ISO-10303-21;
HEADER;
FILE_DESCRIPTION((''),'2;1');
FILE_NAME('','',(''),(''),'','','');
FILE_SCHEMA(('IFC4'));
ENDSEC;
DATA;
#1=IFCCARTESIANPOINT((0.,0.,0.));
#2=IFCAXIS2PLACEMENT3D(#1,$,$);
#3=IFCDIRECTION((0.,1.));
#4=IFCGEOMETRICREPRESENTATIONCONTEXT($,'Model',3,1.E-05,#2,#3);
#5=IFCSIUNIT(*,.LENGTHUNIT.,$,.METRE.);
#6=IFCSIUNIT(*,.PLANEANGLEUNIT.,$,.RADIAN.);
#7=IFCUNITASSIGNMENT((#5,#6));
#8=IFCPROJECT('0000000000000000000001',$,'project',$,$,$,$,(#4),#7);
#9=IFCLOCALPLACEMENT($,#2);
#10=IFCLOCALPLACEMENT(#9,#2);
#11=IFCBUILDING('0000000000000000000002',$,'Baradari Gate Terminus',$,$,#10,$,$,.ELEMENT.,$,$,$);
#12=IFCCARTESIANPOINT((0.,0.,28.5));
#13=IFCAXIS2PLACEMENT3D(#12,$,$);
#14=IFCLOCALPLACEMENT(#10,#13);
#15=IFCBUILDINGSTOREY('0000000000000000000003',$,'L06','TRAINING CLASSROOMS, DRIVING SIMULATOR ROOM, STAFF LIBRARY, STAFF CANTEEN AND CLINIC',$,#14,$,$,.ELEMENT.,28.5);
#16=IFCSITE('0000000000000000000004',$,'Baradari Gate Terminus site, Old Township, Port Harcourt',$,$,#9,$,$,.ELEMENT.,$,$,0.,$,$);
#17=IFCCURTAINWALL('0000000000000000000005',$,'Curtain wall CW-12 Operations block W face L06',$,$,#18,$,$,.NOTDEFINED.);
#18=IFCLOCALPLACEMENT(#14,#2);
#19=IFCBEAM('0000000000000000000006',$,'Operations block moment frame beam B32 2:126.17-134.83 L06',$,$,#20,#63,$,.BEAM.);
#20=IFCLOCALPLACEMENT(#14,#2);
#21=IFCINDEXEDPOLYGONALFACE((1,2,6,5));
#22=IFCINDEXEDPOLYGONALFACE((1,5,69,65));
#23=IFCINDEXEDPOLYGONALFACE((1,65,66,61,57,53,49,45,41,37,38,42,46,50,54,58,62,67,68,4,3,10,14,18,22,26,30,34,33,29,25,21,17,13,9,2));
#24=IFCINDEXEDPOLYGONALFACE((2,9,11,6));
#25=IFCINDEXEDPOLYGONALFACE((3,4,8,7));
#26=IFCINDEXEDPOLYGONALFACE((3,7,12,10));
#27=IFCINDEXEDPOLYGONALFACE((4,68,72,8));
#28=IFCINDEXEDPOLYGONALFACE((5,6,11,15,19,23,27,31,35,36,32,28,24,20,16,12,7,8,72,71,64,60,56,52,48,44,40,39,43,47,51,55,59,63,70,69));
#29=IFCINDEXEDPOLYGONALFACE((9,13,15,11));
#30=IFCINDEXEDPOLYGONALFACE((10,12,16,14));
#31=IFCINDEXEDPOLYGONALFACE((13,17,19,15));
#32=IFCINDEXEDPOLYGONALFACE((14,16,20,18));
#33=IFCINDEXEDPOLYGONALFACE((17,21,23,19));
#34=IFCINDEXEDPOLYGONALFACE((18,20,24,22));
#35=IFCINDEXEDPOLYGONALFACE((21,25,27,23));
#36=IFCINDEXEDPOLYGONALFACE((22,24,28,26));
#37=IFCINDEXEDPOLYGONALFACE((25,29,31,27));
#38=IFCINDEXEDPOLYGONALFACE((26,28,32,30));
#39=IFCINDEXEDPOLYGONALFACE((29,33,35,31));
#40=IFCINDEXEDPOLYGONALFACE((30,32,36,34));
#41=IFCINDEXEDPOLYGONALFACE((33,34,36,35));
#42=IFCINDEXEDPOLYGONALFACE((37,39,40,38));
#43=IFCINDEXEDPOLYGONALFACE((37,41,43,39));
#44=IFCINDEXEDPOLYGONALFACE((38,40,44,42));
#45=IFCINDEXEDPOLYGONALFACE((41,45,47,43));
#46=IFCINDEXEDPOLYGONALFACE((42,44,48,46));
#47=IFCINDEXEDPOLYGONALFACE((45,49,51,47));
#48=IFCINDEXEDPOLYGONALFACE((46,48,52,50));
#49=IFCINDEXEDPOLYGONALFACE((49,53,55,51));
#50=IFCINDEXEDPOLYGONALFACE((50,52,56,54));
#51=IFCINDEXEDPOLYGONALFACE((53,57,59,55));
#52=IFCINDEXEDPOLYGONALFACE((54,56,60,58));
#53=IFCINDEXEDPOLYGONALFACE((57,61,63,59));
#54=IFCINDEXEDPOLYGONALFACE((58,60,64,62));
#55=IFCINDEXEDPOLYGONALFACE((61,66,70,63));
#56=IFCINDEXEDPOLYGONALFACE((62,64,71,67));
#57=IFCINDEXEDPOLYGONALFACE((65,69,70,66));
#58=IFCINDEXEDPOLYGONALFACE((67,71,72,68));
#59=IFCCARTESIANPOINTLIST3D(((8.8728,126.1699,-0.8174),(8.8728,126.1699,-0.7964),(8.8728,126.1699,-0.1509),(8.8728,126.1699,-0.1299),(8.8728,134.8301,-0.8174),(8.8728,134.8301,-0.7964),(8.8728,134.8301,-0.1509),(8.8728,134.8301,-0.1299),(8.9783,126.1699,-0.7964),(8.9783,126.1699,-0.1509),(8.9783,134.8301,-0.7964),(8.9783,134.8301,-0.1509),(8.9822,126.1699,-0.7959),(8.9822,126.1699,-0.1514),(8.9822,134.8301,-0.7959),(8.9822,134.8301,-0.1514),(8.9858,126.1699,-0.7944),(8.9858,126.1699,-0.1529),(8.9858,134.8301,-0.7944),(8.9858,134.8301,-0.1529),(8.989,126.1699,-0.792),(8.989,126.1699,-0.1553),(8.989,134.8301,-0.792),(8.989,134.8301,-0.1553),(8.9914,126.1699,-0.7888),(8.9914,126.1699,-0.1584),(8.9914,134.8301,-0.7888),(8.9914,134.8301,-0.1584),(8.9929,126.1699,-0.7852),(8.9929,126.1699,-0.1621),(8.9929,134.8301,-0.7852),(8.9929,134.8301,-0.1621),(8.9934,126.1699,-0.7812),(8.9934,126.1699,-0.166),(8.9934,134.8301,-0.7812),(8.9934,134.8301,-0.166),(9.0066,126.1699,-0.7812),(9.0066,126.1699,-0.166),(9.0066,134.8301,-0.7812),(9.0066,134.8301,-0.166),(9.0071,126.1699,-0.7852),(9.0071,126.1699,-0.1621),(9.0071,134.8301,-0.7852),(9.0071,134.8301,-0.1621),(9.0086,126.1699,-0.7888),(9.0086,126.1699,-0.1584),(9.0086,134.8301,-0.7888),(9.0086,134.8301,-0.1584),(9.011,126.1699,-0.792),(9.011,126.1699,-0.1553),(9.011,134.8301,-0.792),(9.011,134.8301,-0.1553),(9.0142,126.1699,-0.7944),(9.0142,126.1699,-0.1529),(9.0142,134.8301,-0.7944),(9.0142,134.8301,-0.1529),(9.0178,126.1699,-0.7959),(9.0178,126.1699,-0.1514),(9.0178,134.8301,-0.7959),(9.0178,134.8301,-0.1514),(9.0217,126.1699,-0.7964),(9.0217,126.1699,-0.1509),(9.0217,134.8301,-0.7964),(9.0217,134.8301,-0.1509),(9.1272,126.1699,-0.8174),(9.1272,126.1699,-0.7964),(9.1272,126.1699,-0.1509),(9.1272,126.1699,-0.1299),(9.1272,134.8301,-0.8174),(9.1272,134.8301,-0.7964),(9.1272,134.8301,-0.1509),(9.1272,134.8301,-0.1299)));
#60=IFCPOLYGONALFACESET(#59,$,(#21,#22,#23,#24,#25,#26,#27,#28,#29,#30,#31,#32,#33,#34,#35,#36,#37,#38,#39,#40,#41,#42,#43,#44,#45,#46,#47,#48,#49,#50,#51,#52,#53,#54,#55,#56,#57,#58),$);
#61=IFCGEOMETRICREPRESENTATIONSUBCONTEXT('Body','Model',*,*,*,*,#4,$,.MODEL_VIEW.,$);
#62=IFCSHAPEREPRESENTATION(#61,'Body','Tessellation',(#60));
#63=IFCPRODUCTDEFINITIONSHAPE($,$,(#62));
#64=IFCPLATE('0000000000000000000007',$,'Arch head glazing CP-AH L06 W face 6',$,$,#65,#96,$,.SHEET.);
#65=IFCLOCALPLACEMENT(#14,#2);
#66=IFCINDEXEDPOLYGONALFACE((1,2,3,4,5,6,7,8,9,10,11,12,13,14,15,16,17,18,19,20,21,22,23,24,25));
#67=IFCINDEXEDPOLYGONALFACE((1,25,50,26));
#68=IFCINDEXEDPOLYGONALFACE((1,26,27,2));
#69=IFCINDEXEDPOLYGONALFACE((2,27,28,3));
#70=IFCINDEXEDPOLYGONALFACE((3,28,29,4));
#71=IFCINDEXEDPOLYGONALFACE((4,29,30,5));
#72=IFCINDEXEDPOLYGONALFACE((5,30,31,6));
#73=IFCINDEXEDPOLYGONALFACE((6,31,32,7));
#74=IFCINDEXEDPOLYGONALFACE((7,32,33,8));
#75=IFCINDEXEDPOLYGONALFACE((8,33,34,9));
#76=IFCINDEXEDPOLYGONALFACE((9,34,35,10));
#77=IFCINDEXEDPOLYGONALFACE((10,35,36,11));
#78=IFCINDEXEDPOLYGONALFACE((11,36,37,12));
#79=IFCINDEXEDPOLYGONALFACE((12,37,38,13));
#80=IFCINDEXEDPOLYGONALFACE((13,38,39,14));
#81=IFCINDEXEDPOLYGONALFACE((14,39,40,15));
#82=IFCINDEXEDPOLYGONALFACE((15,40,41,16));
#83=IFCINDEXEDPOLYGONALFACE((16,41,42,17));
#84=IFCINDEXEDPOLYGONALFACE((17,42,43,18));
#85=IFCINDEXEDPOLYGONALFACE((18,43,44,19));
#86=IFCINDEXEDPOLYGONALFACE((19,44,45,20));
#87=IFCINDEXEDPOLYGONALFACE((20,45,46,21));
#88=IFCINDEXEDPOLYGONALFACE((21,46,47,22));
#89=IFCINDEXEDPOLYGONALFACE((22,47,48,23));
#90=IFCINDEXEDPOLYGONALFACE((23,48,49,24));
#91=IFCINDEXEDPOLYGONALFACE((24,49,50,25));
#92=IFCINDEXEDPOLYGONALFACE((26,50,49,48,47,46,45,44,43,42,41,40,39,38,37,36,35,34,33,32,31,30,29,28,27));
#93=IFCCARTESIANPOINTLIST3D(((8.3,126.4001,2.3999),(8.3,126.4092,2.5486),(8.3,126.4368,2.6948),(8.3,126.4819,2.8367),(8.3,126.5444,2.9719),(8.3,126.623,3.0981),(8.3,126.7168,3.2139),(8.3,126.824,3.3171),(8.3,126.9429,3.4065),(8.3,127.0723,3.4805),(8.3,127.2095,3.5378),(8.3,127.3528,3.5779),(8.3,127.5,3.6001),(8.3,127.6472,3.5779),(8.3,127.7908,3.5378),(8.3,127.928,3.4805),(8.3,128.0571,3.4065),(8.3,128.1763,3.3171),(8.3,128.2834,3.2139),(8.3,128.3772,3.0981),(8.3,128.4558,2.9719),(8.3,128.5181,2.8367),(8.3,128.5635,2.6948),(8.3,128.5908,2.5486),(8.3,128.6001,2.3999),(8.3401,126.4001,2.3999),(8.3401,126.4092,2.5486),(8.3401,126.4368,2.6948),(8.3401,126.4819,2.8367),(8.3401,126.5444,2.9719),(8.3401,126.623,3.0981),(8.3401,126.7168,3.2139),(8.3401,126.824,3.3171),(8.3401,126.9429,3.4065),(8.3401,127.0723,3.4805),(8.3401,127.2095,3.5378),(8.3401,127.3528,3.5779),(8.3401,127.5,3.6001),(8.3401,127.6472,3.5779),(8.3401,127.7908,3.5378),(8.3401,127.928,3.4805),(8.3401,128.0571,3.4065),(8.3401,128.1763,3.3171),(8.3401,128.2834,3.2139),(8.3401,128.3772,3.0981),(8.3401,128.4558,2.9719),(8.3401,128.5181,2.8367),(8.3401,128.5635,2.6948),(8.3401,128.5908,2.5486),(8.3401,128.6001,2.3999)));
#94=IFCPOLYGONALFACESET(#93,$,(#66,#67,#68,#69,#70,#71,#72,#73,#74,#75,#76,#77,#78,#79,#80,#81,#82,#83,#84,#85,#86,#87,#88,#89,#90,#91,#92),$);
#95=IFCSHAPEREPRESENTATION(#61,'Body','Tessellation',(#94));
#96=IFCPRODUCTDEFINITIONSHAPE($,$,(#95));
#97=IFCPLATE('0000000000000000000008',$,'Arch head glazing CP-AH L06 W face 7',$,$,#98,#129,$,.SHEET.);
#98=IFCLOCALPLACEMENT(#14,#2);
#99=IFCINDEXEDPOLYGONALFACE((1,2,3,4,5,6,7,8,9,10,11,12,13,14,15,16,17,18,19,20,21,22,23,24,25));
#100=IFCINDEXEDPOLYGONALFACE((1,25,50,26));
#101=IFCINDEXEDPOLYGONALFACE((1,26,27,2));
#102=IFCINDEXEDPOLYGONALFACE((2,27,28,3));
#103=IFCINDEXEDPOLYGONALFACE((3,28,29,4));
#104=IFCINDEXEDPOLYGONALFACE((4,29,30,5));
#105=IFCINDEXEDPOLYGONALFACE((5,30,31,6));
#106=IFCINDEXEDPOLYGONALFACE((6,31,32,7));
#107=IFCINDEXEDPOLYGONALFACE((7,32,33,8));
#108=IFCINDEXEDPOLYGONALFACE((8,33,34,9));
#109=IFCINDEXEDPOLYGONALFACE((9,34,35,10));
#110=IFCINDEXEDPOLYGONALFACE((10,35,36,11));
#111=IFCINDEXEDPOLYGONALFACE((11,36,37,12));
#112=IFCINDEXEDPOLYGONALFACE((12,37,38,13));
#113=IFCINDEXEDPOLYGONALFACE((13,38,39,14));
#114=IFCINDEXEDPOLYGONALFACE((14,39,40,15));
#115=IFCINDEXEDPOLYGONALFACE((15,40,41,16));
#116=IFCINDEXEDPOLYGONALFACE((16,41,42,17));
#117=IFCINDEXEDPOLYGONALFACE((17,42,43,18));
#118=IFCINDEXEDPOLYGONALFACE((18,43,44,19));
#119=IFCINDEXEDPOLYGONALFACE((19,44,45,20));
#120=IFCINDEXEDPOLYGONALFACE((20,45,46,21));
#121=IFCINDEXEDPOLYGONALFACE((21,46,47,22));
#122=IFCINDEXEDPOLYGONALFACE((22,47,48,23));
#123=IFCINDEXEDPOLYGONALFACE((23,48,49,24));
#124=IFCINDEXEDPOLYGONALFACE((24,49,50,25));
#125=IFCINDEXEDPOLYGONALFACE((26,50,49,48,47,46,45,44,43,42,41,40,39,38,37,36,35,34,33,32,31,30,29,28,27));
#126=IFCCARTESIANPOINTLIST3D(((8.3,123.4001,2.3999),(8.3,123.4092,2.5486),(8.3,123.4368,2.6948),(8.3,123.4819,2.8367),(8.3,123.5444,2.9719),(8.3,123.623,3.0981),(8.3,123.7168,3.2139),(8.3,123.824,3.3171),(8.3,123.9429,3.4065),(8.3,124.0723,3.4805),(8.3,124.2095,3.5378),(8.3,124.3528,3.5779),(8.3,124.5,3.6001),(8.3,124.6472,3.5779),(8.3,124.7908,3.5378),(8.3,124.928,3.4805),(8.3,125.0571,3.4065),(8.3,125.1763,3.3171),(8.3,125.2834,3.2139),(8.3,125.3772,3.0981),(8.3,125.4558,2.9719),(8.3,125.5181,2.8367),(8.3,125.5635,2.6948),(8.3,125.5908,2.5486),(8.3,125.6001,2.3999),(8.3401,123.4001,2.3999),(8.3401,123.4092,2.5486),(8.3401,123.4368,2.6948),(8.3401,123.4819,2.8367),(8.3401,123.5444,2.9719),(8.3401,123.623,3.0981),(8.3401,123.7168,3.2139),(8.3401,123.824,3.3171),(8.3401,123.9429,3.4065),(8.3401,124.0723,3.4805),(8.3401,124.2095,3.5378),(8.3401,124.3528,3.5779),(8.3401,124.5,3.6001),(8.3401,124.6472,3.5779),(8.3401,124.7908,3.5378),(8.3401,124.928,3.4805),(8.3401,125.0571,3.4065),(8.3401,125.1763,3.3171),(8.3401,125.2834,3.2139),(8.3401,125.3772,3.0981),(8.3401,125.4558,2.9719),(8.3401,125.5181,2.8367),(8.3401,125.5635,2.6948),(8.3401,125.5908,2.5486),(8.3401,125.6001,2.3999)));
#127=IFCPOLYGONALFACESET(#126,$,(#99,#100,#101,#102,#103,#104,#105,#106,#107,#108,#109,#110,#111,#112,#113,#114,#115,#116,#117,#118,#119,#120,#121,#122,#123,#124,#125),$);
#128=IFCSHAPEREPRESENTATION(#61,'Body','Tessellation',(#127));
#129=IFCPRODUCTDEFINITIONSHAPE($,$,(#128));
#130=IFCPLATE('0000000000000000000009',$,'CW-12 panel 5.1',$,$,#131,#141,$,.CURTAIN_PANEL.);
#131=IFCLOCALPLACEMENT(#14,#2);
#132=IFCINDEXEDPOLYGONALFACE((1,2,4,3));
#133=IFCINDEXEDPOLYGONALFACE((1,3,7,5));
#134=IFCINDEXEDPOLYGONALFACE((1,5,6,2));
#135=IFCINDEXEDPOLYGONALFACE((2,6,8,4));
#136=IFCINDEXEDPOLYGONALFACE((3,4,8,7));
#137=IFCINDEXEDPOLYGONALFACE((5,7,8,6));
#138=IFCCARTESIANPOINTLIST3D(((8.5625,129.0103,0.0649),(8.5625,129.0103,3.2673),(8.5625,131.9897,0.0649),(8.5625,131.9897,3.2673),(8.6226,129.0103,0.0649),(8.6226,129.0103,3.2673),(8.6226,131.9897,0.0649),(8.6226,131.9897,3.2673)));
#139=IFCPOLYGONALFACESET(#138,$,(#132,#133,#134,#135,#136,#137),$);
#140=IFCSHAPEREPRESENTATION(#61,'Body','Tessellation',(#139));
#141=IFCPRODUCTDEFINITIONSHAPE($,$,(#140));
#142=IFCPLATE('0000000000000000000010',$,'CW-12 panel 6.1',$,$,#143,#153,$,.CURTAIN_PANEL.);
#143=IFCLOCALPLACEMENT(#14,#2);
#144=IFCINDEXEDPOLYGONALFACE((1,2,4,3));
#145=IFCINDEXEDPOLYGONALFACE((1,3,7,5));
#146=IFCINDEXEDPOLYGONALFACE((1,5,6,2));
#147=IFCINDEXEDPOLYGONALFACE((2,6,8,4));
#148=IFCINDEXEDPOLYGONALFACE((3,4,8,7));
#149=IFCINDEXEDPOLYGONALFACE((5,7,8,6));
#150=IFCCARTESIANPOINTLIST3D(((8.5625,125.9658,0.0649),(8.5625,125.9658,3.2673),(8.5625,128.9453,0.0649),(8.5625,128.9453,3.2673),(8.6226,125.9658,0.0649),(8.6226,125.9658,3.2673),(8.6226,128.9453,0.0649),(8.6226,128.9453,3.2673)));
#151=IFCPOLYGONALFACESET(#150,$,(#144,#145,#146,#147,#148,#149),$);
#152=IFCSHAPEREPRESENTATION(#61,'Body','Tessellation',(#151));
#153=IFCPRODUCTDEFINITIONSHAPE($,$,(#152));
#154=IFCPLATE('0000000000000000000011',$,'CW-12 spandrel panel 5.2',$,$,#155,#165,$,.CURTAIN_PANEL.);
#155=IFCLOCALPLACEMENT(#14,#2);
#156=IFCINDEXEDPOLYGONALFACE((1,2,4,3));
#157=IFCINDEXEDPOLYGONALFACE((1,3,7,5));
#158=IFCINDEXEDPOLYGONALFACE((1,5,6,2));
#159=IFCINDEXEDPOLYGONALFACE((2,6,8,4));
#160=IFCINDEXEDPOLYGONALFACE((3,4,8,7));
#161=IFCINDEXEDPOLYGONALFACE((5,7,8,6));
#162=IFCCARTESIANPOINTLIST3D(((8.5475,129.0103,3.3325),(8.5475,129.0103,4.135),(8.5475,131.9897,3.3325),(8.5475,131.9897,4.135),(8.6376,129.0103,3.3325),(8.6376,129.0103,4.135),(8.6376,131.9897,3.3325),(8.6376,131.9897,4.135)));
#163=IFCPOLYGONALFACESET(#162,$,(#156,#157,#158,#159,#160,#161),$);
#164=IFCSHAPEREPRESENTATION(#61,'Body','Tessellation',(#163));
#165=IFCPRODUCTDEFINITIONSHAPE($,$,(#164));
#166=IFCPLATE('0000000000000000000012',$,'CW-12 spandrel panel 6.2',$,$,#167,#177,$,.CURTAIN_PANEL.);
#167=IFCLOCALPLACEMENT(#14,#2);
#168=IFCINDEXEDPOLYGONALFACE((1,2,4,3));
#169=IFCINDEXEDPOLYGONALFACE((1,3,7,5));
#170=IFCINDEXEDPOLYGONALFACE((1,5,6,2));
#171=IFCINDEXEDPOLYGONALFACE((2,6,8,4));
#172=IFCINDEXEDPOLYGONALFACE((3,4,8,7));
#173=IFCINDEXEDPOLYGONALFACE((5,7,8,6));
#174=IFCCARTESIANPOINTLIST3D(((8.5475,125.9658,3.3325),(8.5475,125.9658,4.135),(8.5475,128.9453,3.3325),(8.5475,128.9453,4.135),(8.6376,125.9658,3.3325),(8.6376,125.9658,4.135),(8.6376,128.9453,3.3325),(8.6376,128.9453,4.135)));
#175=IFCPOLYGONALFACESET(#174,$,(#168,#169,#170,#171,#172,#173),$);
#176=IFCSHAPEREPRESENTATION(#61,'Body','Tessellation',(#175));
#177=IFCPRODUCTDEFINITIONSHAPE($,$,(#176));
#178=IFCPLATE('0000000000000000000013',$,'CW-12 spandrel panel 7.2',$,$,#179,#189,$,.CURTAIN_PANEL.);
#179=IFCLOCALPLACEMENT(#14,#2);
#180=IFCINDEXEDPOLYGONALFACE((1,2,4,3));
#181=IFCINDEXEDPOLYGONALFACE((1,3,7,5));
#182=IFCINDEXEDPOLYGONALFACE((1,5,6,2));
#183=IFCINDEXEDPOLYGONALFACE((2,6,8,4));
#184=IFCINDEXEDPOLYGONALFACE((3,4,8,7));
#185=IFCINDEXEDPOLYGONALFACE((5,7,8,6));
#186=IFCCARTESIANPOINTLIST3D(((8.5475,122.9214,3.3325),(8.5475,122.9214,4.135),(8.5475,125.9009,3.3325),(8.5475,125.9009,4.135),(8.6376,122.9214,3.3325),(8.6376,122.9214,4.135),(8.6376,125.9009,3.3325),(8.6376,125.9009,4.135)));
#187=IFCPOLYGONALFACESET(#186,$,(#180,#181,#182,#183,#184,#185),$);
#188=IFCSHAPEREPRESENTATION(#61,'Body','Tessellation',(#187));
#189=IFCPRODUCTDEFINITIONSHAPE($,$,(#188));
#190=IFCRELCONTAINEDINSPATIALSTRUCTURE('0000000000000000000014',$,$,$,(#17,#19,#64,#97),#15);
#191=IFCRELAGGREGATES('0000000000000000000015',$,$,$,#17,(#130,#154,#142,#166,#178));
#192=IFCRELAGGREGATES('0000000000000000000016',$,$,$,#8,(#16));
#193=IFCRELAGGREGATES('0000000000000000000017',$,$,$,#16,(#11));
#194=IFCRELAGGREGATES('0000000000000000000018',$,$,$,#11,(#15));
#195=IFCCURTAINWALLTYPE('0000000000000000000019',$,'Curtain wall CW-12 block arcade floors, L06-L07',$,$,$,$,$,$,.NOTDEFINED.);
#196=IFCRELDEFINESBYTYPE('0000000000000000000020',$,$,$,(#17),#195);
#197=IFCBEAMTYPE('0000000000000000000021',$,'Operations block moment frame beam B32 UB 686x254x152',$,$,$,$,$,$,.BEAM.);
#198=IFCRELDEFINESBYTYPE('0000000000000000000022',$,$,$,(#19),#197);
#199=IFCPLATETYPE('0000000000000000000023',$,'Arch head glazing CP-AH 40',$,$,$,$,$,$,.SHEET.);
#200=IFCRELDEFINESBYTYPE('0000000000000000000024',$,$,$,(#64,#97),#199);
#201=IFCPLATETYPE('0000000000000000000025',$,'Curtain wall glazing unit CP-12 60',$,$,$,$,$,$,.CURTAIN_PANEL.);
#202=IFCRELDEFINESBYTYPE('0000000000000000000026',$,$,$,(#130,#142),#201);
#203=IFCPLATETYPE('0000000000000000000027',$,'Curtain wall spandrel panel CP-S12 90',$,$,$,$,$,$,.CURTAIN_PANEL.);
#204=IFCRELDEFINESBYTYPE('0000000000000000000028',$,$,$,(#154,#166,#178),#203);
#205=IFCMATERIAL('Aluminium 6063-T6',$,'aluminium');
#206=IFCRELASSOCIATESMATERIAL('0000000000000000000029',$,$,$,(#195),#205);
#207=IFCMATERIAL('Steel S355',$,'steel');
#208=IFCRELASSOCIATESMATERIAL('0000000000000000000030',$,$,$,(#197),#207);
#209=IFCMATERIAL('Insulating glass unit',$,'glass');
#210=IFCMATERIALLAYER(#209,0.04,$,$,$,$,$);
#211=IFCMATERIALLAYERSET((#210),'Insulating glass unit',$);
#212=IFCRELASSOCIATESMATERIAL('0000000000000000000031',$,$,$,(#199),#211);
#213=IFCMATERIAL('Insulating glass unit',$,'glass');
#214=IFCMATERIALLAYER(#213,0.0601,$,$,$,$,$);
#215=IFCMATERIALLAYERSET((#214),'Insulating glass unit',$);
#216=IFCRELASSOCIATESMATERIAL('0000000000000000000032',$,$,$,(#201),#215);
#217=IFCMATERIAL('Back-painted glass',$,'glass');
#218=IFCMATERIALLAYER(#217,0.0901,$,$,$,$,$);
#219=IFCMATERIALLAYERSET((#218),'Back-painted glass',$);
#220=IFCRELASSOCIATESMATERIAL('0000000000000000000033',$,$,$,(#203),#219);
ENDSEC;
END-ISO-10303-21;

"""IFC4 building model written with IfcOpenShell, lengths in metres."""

from ifc_helpers import new_model, si_unit, direction, frame, origin, origin_2d, place, context, subcontext, project, spatial, polyline, rectangle, i_section, outline, extrude, material, layer, layer_set, material_profile, profile_set, type_object, element, aggregate, save


model = new_model("IFC4")

# Units and contexts
model_context = context("Model", 3, precision=1e-05, world=origin(), true_north=direction((0.0, 1.0)))
body_context = subcontext(model_context, "Body", "Model", "MODEL_VIEW")
ifc_project = project(units=[si_unit("LENGTHUNIT", "METRE"), si_unit("PLANEANGLEUNIT", "RADIAN")], contexts=[model_context])

# Site, building, storey
site_placement = place(None, origin())
site = spatial("IfcSite", under=ifc_project, at=site_placement, Name="Baradari Gate Terminus site, Old Township, Port Harcourt", CompositionType="ELEMENT", RefElevation=0.0)
building_placement = place(site_placement, origin())
building = spatial("IfcBuilding", under=site, at=building_placement, Name="Baradari Gate Terminus", CompositionType="ELEMENT")
storey_placement = place(building_placement, frame((0.0, 0.0, 28.5)))
storey = spatial("IfcBuildingStorey", under=building, at=storey_placement, Name="L06", Description="TRAINING CLASSROOMS, DRIVING SIMULATOR ROOM, STAFF LIBRARY, STAFF CANTEEN AND CLINIC", CompositionType="ELEMENT", Elevation=28.5)

# Curtain wall
ifc_material_1 = material(Name="Aluminium 6063-T6", Category="aluminium")
curtain_wall_type = type_object("IfcCurtainWallType", Name="Curtain wall CW-12 block arcade floors, L06-L07", PredefinedType="NOTDEFINED", material=ifc_material_1)
curtain_wall_placement = place(storey_placement, origin())
curtain_wall = element("IfcCurtainWall", 1, at=curtain_wall_placement, inside=storey, type_object=curtain_wall_type, Name="Curtain wall CW-12 Operations block W face L06", PredefinedType="NOTDEFINED")

# Beam
ifc_material_2 = material(Name="Steel S355", Category="steel")
ifc_material_profile_1 = material_profile(ifc_material_2, i_section(OverallWidth=0.2544, OverallDepth=0.6875, WebThickness=0.0132, FlangeThickness=0.021, FilletRadius=0.0151, at=origin_2d()), Name="UB 686x254x152")
ifc_profile_set_1 = profile_set([ifc_material_profile_1], Name="Steel S355")
beam_type = type_object("IfcBeamType", Name="Operations block moment frame beam B32 UB 686x254x152", PredefinedType="BEAM", material=ifc_profile_set_1)
beam_placement = place(storey_placement, frame((9.0, 126.1699, -0.4736), z_axis=(0.0, 1.0, 0.0), x_axis=(-1.0, 0.0, 0.0)))
element("IfcBeam", 2, at=beam_placement, inside=storey, type_object=beam_type, Name="Operations block moment frame beam B32 2:126.17-134.83 L06", PredefinedType="BEAM", context=body_context, shape_type="SweptSolid", body=[
    extrude(i_section(OverallWidth=0.2544, OverallDepth=0.6875, WebThickness=0.0132, FlangeThickness=0.021, FilletRadius=0.0151, at=origin_2d()), origin(), (0.0, 0.0, 1.0), 8.6602),
])

# Plates
ifc_material_3 = material(Name="Insulating glass unit", Category="glass")
ifc_layer_1 = layer(ifc_material_3, 0.04)
ifc_layer_set_1 = layer_set([ifc_layer_1], Name="Insulating glass unit")
plate_type_1 = type_object("IfcPlateType", Name="Arch head glazing CP-AH 40", PredefinedType="SHEET", material=ifc_layer_set_1)
for number, where, z_axis, x_axis, name in (
    (3, (8.3201, 128.6001, 2.3999), (0.0, 0.0, 1.0), (0.0, -1.0, 0.0), "Arch head glazing CP-AH L06 W face 6"),
    (4, (8.3201, 125.6001, 2.3999), (0.0, 0.0, 1.0), (0.0, -1.0, 0.0), "Arch head glazing CP-AH L06 W face 7"),
):
    element("IfcPlate", number, at=place(storey_placement, frame(where, z_axis=z_axis, x_axis=x_axis)), inside=storey, type_object=plate_type_1, Name=name, PredefinedType="SHEET", context=body_context, shape_type="SweptSolid", body=[
        extrude(outline(polyline([(0.0, 0.0), (2.2, 0.0), (2.1909, 0.1487), (2.1633, 0.2949), (2.1182, 0.4368), (2.0557, 0.572), (1.9771, 0.6982), (1.8833, 0.814), (1.7761, 0.9172), (1.6572, 1.0066), (1.5278, 1.0806), (1.3906, 1.1379), (1.2473, 1.178), (1.1001, 1.2002), (0.9529, 1.178), (0.8093, 1.1379), (0.6721, 1.0806), (0.543, 1.0066), (0.4238, 0.9172), (0.3167, 0.814), (0.2229, 0.6982), (0.1443, 0.572), (0.082, 0.4368), (0.0366, 0.2949), (0.0093, 0.1487), (0.0, 0.0)])), frame((0.0, 0.02, 0.0), z_axis=(0.0, -1.0, 0.0), x_axis=(1.0, 0.0, 0.0)), (0.0, 0.0, 1.0), 0.04),
    ])

# Plates
ifc_material_4 = material(Name="Insulating glass unit", Category="glass")
ifc_layer_2 = layer(ifc_material_4, 0.0601)
ifc_layer_set_2 = layer_set([ifc_layer_2], Name="Insulating glass unit")
plate_type_2 = type_object("IfcPlateType", Name="Curtain wall glazing unit CP-12 60", PredefinedType="CURTAIN_PANEL", material=ifc_layer_set_2)
plate_1_placement = place(storey_placement, frame((8.5925, 130.5, 0.0649), z_axis=(0.0, 0.0, 1.0), x_axis=(0.0, -1.0, 0.0)))
plate_1 = element("IfcPlate", 5, at=plate_1_placement, type_object=plate_type_2, Name="CW-12 panel 5.1", PredefinedType="CURTAIN_PANEL", context=body_context, shape_type="SweptSolid", body=[
    extrude(rectangle(XDim=2.9795, YDim=0.0601, at=origin_2d()), origin(), (0.0, 0.0, 1.0), 3.2024),
])
plate_2_placement = place(storey_placement, frame((8.5925, 127.4556, 0.0649), z_axis=(0.0, 0.0, 1.0), x_axis=(0.0, -1.0, 0.0)))
plate_2 = element("IfcPlate", 6, at=plate_2_placement, type_object=plate_type_2, Name="CW-12 panel 6.1", PredefinedType="CURTAIN_PANEL", context=body_context, shape_type="SweptSolid", body=[
    extrude(rectangle(XDim=2.9795, YDim=0.0601, at=origin_2d()), origin(), (0.0, 0.0, 1.0), 3.2024),
])
ifc_material_5 = material(Name="Back-painted glass", Category="glass")
ifc_layer_3 = layer(ifc_material_5, 0.0901)
ifc_layer_set_3 = layer_set([ifc_layer_3], Name="Back-painted glass")
plate_type_3 = type_object("IfcPlateType", Name="Curtain wall spandrel panel CP-S12 90", PredefinedType="CURTAIN_PANEL", material=ifc_layer_set_3)
plate_3_placement = place(storey_placement, frame((8.5925, 130.5, 3.3325), z_axis=(0.0, 0.0, 1.0), x_axis=(0.0, -1.0, 0.0)))
plate_3 = element("IfcPlate", 7, at=plate_3_placement, type_object=plate_type_3, Name="CW-12 spandrel panel 5.2", PredefinedType="CURTAIN_PANEL", context=body_context, shape_type="SweptSolid", body=[
    extrude(rectangle(XDim=2.9795, YDim=0.0901, at=origin_2d()), origin(), (0.0, 0.0, 1.0), 0.8025),
])
plate_4_placement = place(storey_placement, frame((8.5925, 127.4556, 3.3325), z_axis=(0.0, 0.0, 1.0), x_axis=(0.0, -1.0, 0.0)))
plate_4 = element("IfcPlate", 8, at=plate_4_placement, type_object=plate_type_3, Name="CW-12 spandrel panel 6.2", PredefinedType="CURTAIN_PANEL", context=body_context, shape_type="SweptSolid", body=[
    extrude(rectangle(XDim=2.9795, YDim=0.0901, at=origin_2d()), origin(), (0.0, 0.0, 1.0), 0.8025),
])
plate_5_placement = place(storey_placement, frame((8.5925, 124.4111, 3.3325), z_axis=(0.0, 0.0, 1.0), x_axis=(0.0, -1.0, 0.0)))
plate_5 = element("IfcPlate", 9, at=plate_5_placement, type_object=plate_type_3, Name="CW-12 spandrel panel 7.2", PredefinedType="CURTAIN_PANEL", context=body_context, shape_type="SweptSolid", body=[
    extrude(rectangle(XDim=2.9795, YDim=0.0901, at=origin_2d()), origin(), (0.0, 0.0, 1.0), 0.8025),
])
aggregate(curtain_wall, [plate_1, plate_3, plate_2, plate_4, plate_5])

save(model, "model.ifc")
